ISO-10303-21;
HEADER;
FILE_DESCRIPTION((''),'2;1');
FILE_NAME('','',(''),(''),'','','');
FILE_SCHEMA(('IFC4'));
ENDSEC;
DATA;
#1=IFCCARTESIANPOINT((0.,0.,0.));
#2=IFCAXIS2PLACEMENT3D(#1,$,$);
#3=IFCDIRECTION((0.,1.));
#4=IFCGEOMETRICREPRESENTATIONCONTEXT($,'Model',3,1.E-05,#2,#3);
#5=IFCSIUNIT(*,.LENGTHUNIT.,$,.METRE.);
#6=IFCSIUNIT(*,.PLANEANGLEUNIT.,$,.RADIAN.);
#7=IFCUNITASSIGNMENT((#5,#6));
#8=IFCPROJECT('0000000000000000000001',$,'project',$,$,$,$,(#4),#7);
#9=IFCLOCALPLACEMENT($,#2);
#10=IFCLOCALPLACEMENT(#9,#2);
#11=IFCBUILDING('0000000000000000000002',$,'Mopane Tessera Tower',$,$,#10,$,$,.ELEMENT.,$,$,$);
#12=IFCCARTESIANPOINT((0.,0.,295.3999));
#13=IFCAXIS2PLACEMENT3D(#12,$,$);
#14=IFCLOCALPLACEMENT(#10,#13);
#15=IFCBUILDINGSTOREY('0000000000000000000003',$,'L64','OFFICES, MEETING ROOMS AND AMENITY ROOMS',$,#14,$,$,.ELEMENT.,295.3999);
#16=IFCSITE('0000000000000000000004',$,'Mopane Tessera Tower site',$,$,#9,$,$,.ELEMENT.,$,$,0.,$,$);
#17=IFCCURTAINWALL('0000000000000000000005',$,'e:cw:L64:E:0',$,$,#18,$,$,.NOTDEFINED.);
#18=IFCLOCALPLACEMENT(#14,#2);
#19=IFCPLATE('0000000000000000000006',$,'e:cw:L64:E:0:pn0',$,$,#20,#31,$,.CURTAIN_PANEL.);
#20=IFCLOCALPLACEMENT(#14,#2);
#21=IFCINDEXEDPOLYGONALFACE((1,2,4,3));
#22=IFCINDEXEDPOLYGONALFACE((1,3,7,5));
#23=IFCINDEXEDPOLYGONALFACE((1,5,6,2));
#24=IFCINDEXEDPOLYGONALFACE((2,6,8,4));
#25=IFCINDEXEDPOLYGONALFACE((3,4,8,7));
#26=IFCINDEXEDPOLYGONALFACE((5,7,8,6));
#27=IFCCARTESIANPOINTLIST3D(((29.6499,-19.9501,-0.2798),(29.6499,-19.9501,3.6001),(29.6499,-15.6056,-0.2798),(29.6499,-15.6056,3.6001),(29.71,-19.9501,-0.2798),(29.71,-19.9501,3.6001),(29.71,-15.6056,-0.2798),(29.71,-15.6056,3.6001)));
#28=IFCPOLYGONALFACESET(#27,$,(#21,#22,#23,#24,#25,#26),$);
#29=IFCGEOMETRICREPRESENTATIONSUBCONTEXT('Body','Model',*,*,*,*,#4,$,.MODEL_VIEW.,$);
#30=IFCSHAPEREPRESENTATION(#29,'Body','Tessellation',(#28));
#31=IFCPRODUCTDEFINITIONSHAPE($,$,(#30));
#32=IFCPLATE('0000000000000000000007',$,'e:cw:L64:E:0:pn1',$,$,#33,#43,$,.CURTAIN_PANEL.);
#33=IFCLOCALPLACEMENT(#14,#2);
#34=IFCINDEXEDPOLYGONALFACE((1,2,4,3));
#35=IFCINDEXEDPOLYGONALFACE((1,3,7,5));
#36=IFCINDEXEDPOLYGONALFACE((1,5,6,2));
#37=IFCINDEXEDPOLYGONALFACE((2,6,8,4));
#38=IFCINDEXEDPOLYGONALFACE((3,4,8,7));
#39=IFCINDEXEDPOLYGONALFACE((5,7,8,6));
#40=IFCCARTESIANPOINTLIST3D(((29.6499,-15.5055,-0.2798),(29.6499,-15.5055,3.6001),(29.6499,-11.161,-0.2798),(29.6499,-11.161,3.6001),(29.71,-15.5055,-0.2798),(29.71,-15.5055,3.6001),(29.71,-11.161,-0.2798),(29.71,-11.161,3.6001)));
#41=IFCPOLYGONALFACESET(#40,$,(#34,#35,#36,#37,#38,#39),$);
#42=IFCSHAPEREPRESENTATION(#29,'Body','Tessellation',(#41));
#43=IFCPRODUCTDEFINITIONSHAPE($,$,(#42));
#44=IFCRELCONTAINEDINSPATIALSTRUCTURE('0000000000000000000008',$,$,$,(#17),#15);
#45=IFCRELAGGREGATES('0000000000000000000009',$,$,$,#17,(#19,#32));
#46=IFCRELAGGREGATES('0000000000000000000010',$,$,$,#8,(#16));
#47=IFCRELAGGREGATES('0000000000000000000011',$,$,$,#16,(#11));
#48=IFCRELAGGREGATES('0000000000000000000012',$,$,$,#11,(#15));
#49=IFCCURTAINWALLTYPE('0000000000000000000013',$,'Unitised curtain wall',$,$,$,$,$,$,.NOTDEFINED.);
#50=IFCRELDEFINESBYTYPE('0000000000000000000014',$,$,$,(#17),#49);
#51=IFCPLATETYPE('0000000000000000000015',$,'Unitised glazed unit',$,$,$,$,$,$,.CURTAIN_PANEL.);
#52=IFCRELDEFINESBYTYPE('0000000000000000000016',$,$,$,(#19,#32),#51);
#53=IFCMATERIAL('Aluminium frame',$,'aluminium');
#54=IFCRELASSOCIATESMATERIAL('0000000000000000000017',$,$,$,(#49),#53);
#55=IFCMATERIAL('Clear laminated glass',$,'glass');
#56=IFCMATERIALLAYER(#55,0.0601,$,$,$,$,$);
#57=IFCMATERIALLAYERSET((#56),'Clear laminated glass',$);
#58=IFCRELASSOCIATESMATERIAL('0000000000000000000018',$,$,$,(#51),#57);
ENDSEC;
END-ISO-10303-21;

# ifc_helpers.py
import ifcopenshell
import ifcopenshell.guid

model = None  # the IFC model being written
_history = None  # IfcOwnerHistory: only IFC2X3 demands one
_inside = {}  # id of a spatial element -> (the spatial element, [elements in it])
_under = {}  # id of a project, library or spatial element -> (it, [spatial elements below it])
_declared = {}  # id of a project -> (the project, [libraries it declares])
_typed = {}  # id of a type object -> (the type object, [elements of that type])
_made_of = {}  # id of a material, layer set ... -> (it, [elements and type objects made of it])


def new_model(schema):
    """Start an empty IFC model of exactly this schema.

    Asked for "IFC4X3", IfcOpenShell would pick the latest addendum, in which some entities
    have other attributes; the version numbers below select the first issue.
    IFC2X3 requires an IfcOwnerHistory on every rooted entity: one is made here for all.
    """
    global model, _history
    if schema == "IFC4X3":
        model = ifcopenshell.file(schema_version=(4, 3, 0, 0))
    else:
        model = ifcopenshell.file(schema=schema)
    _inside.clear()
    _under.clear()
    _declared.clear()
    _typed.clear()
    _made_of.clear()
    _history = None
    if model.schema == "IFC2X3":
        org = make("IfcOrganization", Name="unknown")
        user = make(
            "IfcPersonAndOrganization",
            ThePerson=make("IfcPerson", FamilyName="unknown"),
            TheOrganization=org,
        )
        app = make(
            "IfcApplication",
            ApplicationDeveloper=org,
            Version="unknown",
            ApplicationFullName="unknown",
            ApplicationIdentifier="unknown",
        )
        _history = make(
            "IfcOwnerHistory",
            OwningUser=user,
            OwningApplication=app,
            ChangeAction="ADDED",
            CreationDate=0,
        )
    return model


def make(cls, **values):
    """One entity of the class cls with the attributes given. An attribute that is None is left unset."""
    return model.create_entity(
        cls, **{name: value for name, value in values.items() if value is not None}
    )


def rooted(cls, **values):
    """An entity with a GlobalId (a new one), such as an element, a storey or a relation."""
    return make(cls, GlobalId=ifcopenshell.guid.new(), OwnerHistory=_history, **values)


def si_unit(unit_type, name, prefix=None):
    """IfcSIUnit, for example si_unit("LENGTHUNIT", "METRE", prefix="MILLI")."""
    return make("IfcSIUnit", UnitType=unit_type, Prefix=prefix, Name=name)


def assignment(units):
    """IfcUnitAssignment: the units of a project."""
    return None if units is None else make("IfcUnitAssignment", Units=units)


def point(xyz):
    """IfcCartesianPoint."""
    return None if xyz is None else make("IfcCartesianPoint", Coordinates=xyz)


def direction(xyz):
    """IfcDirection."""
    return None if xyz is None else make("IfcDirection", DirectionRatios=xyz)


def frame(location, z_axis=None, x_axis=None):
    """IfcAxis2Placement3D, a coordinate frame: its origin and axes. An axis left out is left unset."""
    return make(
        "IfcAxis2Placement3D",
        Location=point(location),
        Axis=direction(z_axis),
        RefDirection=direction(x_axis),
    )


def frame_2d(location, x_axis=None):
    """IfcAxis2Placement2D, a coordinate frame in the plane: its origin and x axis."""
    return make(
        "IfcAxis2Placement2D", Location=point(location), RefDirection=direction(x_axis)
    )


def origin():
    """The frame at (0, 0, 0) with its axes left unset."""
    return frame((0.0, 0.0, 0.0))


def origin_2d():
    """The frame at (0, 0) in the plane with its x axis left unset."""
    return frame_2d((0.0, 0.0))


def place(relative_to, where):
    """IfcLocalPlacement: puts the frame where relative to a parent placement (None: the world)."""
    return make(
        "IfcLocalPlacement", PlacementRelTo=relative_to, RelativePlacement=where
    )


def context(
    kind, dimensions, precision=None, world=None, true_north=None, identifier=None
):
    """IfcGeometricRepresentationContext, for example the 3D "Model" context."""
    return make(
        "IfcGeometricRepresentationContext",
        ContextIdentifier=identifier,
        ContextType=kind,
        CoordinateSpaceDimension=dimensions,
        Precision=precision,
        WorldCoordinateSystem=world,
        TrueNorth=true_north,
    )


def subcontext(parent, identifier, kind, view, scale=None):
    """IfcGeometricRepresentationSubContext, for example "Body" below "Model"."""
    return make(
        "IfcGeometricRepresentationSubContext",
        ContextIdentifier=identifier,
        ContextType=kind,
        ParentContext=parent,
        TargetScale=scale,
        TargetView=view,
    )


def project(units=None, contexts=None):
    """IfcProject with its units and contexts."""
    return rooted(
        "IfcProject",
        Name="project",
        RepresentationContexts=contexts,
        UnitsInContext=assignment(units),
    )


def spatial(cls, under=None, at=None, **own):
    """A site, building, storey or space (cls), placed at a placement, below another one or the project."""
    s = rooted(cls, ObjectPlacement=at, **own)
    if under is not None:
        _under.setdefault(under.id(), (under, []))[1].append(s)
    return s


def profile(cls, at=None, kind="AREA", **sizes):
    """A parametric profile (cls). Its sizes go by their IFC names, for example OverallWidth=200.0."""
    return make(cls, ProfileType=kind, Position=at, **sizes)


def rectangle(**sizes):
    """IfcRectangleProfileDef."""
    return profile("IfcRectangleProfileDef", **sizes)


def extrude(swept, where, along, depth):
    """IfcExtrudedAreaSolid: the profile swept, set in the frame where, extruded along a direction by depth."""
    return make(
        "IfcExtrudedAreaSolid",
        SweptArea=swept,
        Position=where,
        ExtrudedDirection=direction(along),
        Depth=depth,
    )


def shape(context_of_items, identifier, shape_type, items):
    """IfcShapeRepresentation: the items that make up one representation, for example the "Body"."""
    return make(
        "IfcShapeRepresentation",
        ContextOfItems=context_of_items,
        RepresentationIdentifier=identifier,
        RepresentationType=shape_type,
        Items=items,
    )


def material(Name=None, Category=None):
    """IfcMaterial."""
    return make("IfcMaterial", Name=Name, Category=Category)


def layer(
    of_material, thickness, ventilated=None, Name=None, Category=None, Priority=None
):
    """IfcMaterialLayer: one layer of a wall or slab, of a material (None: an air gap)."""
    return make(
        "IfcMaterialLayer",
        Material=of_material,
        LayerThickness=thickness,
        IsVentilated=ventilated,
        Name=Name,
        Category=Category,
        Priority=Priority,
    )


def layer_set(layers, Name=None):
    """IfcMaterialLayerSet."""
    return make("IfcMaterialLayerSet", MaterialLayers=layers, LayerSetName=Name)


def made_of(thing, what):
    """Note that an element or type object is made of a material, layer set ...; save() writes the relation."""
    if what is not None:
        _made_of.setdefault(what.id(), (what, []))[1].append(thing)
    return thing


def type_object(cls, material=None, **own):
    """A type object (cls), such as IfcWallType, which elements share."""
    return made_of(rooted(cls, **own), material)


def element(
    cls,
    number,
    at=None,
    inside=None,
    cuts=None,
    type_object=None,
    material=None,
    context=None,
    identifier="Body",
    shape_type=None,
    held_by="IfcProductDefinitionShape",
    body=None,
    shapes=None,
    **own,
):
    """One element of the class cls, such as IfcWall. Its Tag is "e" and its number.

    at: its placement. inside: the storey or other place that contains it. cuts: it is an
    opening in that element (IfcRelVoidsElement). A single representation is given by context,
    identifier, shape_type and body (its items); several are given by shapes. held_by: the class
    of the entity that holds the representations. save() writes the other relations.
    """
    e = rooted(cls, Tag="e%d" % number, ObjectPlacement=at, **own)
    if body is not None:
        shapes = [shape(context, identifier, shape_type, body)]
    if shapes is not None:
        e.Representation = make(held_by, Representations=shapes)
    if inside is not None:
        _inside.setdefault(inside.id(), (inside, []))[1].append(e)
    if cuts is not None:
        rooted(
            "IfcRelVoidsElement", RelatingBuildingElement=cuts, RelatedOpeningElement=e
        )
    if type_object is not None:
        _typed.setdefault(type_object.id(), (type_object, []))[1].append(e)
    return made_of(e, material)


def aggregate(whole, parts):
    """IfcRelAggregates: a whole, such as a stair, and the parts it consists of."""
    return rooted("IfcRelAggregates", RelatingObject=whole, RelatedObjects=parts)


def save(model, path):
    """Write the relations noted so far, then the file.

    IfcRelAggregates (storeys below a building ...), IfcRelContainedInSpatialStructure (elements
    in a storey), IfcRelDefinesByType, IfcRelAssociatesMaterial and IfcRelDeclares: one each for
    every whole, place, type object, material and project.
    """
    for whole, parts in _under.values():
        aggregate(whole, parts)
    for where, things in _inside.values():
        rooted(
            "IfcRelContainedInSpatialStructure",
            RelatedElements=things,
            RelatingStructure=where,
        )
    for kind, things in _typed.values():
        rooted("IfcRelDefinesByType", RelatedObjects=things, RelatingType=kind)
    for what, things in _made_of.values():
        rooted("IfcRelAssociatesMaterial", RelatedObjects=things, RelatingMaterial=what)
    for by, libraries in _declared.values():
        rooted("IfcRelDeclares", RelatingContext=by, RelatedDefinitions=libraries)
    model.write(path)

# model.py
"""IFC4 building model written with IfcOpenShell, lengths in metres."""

from ifc_helpers import new_model, si_unit, direction, frame, origin, origin_2d, place, context, subcontext, project, spatial, rectangle, extrude, material, layer, layer_set, type_object, element, aggregate, save


model = new_model("IFC4")

# Units and contexts
model_context = context("Model", 3, precision=1e-05, world=origin(), true_north=direction((0.0, 1.0)))
body_context = subcontext(model_context, "Body", "Model", "MODEL_VIEW")
ifc_project = project(units=[si_unit("LENGTHUNIT", "METRE"), si_unit("PLANEANGLEUNIT", "RADIAN")], contexts=[model_context])

# Site, building, storey
site_placement = place(None, origin())
site = spatial("IfcSite", under=ifc_project, at=site_placement, Name="Mopane Tessera Tower site", CompositionType="ELEMENT", RefElevation=0.0)
building_placement = place(site_placement, origin())
building = spatial("IfcBuilding", under=site, at=building_placement, Name="Mopane Tessera Tower", CompositionType="ELEMENT")
storey_placement = place(building_placement, frame((0.0, 0.0, 295.3999)))
storey = spatial("IfcBuildingStorey", under=building, at=storey_placement, Name="L64", Description="OFFICES, MEETING ROOMS AND AMENITY ROOMS", CompositionType="ELEMENT", Elevation=295.3999)

# Curtain wall
ifc_material_1 = material(Name="Aluminium frame", Category="aluminium")
curtain_wall_type = type_object("IfcCurtainWallType", Name="Unitised curtain wall", PredefinedType="NOTDEFINED", material=ifc_material_1)
curtain_wall_1_placement = place(storey_placement, origin())
curtain_wall_1 = element("IfcCurtainWall", 1, at=curtain_wall_1_placement, inside=storey, type_object=curtain_wall_type, Name="e:cw:L64:E:0", PredefinedType="NOTDEFINED")

# Plates
ifc_material_2 = material(Name="Clear laminated glass", Category="glass")
ifc_layer = layer(ifc_material_2, 0.0601)
ifc_layer_set = layer_set([ifc_layer], Name="Clear laminated glass")
plate_type = type_object("IfcPlateType", Name="Unitised glazed unit", PredefinedType="CURTAIN_PANEL", material=ifc_layer_set)
plate_1_placement = place(storey_placement, frame((29.6799, -17.7778, -0.2798), z_axis=(0.0, 0.0, 1.0), x_axis=(0.0, 1.0, 0.0)))
plate_1 = element("IfcPlate", 2, at=plate_1_placement, type_object=plate_type, Name="e:cw:L64:E:0:pn0", PredefinedType="CURTAIN_PANEL", context=body_context, shape_type="SweptSolid", body=[
    extrude(rectangle(XDim=4.3445, YDim=0.0601, at=origin_2d()), origin(), (0.0, 0.0, 1.0), 3.8799),
])
plate_2_placement = place(storey_placement, frame((29.6799, -13.3333, -0.2798), z_axis=(0.0, 0.0, 1.0), x_axis=(0.0, 1.0, 0.0)))
plate_2 = element("IfcPlate", 3, at=plate_2_placement, type_object=plate_type, Name="e:cw:L64:E:0:pn1", PredefinedType="CURTAIN_PANEL", context=body_context, shape_type="SweptSolid", body=[
    extrude(rectangle(XDim=4.3445, YDim=0.0601, at=origin_2d()), origin(), (0.0, 0.0, 1.0), 3.8799),
])
aggregate(curtain_wall_1, [plate_1, plate_2])

save(model, "model.ifc")
